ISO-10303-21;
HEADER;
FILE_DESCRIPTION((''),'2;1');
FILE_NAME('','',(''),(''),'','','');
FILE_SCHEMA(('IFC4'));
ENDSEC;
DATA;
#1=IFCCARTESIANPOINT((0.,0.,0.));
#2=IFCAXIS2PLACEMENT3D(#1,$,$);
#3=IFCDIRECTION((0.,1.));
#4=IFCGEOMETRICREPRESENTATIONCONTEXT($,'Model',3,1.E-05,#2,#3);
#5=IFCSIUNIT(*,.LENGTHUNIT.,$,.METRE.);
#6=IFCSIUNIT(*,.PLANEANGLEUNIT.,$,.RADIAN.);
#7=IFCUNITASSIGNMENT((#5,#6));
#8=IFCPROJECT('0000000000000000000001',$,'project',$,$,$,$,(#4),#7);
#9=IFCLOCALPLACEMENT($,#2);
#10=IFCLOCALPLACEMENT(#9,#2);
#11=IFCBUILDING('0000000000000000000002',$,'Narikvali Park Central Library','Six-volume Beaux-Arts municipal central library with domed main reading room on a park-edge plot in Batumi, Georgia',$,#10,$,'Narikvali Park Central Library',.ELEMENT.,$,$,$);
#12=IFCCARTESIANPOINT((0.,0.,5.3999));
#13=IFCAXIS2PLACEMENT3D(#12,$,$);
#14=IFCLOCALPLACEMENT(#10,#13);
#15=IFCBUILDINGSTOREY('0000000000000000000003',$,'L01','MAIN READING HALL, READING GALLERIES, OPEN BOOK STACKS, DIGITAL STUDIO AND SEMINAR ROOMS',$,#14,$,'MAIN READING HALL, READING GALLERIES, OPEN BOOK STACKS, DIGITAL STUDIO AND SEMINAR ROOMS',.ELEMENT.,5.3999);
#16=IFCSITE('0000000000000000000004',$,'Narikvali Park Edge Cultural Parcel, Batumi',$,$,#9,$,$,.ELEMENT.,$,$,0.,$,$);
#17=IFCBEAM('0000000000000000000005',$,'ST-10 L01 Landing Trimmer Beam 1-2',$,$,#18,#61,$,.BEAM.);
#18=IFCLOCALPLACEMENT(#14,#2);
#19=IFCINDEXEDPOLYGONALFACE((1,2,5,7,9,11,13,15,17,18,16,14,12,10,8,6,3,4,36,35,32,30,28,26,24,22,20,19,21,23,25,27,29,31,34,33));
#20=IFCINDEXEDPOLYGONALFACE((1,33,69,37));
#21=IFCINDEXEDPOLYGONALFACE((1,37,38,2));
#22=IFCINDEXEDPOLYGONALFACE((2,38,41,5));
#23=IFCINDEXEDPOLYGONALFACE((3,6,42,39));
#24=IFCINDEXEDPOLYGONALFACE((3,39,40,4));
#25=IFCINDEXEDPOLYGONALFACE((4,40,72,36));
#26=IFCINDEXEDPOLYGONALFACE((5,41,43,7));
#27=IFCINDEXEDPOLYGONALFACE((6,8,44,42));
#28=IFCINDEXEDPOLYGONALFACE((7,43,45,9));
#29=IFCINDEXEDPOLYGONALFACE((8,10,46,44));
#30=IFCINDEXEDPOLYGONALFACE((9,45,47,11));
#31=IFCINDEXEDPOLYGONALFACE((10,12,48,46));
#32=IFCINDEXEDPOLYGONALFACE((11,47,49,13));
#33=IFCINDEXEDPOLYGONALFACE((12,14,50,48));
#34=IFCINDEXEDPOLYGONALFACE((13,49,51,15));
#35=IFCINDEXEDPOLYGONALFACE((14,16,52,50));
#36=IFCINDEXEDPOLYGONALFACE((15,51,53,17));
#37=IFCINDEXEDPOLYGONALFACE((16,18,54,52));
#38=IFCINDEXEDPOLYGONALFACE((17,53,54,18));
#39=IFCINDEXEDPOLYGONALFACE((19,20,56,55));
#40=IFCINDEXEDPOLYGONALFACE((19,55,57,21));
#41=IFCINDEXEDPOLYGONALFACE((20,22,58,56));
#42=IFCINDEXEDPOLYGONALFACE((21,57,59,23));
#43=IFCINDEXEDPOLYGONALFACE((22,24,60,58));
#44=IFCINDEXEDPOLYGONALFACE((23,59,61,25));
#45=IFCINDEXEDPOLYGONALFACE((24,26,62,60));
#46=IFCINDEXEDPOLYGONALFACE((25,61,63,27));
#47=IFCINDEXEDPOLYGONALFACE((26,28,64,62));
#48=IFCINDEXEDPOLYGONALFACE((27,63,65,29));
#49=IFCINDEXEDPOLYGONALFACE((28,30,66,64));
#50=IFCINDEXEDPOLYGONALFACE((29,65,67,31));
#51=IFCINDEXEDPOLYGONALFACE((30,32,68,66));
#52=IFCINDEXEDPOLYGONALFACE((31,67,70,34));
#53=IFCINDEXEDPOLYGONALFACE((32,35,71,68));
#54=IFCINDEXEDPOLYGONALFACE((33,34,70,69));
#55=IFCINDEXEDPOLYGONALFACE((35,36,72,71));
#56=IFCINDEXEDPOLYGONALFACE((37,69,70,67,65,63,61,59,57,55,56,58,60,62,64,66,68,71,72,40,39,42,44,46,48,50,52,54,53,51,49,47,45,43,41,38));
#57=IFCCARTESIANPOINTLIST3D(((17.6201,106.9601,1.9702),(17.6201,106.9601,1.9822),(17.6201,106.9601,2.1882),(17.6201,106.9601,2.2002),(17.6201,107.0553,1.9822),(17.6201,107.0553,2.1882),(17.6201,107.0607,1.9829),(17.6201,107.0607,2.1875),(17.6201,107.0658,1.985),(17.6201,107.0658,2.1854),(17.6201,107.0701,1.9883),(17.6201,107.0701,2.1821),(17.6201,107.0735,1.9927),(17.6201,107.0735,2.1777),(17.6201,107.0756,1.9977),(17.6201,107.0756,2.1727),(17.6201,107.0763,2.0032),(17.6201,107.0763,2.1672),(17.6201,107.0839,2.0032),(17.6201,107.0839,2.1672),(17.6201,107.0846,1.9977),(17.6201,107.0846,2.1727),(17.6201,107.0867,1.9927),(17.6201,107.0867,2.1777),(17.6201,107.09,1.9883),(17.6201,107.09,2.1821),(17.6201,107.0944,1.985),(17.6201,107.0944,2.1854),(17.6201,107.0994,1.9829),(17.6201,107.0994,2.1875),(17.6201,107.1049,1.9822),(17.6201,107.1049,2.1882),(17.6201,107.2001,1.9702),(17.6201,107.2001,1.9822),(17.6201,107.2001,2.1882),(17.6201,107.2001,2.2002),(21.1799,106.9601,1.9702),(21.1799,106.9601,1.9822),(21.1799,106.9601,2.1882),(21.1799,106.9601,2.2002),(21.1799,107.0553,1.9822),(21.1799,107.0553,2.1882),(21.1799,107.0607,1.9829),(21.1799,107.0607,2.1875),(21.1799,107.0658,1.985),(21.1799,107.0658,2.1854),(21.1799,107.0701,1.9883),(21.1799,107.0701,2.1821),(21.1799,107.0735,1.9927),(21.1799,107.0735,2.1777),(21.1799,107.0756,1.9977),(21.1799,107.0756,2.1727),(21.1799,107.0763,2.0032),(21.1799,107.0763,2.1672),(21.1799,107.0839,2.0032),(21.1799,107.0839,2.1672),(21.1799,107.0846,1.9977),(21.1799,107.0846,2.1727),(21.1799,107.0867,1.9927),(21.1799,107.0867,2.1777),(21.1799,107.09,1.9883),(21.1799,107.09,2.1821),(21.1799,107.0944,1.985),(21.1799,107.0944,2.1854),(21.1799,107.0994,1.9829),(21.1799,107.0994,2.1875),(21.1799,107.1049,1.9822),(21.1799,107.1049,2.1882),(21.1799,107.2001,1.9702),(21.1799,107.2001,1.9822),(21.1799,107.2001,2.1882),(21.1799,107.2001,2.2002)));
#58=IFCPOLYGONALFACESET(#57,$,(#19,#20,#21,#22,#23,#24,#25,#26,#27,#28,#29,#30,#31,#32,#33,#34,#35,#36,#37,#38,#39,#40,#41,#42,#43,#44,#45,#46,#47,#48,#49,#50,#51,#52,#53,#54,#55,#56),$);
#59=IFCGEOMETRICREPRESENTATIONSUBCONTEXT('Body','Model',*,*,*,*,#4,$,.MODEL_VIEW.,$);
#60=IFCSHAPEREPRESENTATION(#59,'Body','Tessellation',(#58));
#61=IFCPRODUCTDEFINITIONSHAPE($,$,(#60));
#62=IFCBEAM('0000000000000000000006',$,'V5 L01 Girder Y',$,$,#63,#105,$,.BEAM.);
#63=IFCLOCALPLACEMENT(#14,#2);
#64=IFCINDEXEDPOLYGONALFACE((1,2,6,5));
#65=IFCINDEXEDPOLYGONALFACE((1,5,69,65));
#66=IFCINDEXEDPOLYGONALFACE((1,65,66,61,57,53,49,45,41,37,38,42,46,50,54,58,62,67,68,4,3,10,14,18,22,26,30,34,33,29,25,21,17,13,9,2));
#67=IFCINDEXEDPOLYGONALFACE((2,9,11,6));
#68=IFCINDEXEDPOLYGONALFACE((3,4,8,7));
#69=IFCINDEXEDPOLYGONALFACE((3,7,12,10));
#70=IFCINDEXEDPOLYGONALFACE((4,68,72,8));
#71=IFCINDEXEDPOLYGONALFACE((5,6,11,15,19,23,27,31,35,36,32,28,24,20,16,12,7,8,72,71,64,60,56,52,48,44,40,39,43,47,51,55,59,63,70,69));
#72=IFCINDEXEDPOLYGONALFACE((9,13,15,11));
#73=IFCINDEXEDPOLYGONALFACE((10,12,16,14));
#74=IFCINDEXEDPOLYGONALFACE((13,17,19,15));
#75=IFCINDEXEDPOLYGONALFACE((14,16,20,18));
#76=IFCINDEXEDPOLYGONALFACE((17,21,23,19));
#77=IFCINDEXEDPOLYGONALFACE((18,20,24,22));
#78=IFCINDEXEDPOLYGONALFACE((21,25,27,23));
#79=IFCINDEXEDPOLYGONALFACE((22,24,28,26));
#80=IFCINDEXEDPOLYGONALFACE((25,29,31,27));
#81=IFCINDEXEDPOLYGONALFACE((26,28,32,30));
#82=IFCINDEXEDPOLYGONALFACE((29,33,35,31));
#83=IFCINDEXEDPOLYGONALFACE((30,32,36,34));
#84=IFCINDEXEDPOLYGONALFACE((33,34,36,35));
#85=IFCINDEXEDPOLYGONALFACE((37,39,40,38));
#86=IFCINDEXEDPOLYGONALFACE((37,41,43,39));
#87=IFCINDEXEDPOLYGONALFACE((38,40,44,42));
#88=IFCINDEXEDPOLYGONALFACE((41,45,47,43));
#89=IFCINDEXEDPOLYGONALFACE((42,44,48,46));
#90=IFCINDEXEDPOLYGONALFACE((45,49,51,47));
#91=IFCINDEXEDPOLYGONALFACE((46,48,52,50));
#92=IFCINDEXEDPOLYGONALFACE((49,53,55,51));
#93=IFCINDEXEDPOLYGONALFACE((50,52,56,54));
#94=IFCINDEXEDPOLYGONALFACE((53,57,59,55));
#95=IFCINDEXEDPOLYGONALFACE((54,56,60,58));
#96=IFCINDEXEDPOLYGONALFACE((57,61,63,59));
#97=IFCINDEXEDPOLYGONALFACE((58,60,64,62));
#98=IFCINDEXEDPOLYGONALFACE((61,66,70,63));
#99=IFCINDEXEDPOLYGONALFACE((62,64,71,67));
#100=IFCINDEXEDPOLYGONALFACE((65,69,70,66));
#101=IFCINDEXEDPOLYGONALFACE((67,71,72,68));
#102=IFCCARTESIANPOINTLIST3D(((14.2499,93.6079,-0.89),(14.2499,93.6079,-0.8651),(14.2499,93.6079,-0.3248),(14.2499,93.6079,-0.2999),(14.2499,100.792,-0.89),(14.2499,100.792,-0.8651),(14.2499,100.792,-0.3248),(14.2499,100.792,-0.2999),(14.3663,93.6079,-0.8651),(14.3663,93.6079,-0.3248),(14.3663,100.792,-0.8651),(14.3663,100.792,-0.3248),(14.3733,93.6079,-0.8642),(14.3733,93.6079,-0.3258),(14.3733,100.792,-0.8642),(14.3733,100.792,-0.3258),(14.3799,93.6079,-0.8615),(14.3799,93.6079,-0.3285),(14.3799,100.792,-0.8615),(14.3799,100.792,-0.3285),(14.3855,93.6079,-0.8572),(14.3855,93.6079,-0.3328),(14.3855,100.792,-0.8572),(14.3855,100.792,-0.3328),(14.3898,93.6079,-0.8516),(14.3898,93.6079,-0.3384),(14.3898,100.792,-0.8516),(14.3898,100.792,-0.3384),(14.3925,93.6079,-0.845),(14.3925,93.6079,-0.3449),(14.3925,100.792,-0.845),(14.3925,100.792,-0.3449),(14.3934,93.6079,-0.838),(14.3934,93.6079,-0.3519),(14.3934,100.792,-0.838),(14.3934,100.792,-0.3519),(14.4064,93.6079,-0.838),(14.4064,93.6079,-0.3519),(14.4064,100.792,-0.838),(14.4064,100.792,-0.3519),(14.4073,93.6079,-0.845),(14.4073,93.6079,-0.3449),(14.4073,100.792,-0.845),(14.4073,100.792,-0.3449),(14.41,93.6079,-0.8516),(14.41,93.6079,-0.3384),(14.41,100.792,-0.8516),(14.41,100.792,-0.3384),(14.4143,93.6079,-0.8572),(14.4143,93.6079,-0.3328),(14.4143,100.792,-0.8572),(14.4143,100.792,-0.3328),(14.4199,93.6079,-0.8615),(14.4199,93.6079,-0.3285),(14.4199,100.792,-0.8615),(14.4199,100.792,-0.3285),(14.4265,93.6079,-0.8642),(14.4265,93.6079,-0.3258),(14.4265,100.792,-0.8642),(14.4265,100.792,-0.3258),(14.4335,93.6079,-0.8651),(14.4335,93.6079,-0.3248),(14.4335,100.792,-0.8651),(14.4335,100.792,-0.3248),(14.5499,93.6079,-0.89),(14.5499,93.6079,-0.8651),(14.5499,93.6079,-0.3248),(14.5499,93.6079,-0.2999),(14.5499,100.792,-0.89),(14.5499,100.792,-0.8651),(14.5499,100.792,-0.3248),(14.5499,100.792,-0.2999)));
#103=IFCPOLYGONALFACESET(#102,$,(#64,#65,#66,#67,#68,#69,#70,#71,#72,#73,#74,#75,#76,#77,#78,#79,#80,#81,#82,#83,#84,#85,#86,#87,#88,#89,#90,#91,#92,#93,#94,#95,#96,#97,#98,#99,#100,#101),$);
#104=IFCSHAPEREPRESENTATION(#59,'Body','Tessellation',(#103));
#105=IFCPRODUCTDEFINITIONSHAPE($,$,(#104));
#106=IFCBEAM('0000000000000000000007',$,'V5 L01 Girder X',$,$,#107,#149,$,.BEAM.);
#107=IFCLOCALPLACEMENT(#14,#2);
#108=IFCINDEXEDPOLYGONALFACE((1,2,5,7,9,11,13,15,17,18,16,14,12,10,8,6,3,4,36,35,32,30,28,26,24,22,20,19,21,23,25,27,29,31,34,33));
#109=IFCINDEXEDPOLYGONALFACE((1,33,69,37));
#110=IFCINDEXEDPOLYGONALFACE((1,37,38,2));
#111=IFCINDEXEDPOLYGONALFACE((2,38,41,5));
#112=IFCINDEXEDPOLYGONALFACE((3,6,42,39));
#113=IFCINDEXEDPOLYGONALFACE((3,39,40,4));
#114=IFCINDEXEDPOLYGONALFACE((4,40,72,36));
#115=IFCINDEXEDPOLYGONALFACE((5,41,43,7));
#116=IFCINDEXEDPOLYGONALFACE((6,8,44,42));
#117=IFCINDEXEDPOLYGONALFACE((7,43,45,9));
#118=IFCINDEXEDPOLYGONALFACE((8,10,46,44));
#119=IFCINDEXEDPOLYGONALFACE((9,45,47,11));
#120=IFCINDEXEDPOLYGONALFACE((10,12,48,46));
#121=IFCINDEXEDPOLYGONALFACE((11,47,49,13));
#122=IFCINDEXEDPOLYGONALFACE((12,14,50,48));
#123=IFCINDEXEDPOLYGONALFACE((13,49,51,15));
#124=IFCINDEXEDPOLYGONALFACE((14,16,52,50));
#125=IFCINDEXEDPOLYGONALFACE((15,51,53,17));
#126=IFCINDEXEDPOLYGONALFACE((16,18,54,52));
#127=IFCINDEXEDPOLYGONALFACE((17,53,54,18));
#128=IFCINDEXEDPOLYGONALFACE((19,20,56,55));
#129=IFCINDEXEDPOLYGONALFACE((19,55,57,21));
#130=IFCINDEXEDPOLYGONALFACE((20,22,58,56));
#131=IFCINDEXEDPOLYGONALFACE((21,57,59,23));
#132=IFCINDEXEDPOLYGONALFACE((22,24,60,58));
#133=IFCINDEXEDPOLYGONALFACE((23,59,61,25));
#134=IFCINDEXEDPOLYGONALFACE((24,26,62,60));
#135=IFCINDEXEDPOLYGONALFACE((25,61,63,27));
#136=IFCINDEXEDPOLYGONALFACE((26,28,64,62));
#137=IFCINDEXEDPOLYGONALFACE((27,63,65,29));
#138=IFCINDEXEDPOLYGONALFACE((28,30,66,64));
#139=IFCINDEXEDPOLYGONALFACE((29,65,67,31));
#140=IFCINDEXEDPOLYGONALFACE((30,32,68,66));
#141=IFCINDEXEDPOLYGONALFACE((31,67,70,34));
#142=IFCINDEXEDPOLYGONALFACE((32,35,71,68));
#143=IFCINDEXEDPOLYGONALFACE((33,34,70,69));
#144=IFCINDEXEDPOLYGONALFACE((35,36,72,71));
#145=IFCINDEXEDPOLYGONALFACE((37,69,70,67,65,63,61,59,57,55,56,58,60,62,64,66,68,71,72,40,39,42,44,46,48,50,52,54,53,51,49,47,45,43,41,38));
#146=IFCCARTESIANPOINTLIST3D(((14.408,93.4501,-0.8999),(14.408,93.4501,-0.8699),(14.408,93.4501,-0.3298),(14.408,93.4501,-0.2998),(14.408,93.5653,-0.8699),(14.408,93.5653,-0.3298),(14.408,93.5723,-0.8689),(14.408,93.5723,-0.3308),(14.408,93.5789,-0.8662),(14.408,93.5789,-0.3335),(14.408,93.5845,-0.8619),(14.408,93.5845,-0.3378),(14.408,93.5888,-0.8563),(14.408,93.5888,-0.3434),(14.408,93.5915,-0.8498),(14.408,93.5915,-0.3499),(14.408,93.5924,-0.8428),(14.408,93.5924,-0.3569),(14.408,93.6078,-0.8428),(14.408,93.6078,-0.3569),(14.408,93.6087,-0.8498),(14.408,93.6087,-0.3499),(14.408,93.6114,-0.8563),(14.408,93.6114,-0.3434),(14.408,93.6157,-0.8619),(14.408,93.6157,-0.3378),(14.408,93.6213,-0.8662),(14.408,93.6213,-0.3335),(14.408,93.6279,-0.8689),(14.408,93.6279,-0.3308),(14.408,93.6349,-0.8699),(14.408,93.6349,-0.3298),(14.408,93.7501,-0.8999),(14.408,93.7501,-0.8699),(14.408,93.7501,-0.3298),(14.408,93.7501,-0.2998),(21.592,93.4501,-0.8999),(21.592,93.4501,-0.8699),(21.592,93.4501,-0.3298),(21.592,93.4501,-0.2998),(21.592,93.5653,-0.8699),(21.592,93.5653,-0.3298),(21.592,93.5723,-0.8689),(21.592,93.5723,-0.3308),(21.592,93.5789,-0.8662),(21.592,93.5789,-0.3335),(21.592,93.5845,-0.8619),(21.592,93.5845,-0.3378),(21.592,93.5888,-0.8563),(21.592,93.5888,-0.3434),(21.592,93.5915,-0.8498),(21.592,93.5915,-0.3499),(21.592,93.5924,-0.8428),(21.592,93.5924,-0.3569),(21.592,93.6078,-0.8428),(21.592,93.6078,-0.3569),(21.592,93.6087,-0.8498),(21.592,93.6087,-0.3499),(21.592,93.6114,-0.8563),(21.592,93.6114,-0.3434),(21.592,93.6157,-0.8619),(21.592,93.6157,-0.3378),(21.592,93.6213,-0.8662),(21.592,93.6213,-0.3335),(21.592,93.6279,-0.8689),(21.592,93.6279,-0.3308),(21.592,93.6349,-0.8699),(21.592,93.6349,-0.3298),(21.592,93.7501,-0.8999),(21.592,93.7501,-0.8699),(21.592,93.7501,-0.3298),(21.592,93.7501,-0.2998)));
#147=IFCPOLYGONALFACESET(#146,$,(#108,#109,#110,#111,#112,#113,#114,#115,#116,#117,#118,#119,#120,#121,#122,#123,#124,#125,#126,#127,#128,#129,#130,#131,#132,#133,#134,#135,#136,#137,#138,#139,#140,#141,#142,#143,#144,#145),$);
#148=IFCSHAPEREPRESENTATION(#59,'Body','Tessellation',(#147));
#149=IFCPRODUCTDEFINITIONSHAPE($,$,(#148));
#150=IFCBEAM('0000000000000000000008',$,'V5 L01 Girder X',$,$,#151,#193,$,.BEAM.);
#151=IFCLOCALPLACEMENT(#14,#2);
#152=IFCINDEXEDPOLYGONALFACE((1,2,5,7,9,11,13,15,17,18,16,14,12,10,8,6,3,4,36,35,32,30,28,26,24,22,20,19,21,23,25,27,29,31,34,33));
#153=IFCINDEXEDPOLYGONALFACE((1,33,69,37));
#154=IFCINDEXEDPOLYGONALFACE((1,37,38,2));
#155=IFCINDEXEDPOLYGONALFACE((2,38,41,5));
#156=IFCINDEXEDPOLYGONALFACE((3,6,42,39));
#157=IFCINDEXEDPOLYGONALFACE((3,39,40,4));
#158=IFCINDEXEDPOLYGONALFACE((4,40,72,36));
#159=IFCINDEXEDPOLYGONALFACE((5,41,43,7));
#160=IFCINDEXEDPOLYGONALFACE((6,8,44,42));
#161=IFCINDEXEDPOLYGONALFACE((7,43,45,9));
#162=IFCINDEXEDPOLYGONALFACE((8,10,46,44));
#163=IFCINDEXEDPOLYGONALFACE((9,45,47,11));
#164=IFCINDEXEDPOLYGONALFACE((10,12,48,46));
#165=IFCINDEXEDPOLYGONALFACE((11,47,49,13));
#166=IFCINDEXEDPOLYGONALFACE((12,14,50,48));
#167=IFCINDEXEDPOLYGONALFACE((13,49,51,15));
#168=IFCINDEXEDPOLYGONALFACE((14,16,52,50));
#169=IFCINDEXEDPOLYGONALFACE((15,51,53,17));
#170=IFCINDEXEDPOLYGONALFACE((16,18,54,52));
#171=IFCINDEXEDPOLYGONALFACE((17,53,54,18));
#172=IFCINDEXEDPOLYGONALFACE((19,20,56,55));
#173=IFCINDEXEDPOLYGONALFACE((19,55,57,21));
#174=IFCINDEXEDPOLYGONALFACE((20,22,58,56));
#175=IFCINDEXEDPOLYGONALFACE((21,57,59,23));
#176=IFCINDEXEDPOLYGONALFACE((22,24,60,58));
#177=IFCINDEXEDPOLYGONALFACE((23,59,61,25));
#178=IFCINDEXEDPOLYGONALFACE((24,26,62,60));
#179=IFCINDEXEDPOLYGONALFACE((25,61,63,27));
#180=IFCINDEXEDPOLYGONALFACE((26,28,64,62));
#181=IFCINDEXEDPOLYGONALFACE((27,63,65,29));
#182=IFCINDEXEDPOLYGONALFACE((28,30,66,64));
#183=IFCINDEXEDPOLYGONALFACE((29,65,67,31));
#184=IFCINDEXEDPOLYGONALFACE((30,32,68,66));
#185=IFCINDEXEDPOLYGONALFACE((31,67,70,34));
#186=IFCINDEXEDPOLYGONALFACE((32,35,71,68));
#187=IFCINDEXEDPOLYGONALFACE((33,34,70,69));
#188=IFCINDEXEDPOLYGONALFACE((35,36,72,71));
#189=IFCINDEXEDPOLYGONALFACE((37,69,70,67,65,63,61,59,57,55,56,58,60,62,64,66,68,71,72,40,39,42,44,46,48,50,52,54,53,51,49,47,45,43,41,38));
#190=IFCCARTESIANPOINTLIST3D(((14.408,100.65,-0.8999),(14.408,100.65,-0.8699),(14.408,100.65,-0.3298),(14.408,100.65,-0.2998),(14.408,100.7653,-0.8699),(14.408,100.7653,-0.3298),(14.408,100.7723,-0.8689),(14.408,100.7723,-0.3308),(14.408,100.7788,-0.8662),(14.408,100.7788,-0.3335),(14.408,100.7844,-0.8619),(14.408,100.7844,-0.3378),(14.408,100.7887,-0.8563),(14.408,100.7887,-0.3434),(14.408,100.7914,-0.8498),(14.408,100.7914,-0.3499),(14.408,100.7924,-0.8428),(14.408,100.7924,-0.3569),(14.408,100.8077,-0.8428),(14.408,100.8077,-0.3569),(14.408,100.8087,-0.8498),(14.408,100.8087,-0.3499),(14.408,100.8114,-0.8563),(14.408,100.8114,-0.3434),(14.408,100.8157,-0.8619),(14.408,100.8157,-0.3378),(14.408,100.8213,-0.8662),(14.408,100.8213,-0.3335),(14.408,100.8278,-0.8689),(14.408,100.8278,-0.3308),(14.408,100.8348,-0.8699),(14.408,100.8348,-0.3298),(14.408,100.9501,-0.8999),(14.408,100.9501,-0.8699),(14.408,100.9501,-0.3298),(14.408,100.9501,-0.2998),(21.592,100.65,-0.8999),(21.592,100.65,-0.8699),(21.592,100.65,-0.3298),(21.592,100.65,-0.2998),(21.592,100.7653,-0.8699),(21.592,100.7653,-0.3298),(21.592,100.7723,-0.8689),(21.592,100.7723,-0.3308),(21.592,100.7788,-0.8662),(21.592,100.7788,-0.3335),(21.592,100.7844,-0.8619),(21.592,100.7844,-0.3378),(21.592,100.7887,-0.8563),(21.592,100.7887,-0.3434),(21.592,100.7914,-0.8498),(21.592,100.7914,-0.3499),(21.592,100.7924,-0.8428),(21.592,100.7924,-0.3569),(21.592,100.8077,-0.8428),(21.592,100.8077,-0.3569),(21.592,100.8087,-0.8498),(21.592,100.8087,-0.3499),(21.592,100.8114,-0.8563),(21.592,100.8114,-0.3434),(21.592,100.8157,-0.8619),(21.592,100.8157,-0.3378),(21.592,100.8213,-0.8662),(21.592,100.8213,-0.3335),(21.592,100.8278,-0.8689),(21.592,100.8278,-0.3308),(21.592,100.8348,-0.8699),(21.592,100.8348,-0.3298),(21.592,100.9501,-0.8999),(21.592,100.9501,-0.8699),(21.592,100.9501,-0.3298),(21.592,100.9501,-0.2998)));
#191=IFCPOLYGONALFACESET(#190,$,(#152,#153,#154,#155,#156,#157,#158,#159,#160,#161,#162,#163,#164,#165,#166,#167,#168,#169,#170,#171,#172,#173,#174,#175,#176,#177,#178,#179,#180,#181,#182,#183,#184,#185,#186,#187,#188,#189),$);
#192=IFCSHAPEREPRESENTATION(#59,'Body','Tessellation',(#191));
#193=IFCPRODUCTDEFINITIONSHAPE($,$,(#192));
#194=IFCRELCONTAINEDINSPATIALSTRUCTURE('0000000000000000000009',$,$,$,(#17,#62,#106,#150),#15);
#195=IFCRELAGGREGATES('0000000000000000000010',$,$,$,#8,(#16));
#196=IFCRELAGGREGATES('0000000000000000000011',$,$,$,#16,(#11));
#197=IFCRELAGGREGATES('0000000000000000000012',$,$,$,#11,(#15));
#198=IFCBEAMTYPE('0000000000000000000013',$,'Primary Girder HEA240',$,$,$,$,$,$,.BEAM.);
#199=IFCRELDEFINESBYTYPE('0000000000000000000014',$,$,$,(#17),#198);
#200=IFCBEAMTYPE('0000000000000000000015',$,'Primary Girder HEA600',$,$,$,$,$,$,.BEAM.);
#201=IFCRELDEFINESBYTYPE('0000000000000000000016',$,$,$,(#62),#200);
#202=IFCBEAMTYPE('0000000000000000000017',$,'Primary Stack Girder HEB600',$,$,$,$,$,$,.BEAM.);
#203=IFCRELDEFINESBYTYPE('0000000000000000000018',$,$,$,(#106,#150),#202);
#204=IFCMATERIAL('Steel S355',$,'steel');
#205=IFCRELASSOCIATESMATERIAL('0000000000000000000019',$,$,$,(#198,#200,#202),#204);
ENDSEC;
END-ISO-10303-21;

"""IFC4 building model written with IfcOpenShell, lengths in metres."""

from ifc_helpers import new_model, si_unit, direction, frame, origin, origin_2d, place, context, subcontext, project, spatial, i_section, extrude, material, material_profile, profile_set, type_object, element, save


model = new_model("IFC4")

# Units and contexts
model_context = context("Model", 3, precision=1e-05, world=origin(), true_north=direction((0.0, 1.0)))
body_context = subcontext(model_context, "Body", "Model", "MODEL_VIEW")
ifc_project = project(units=[si_unit("LENGTHUNIT", "METRE"), si_unit("PLANEANGLEUNIT", "RADIAN")], contexts=[model_context])

# Site, building, storey
site_placement = place(None, origin())
site = spatial("IfcSite", under=ifc_project, at=site_placement, Name="Narikvali Park Edge Cultural Parcel, Batumi", CompositionType="ELEMENT", RefElevation=0.0)
building_placement = place(site_placement, origin())
building = spatial("IfcBuilding", under=site, at=building_placement, Name="Narikvali Park Central Library", Description="Six-volume Beaux-Arts municipal central library with domed main reading room on a park-edge plot in Batumi, Georgia", LongName="Narikvali Park Central Library", CompositionType="ELEMENT")
storey_placement = place(building_placement, frame((0.0, 0.0, 5.3999)))
storey = spatial("IfcBuildingStorey", under=building, at=storey_placement, Name="L01", Description="MAIN READING HALL, READING GALLERIES, OPEN BOOK STACKS, DIGITAL STUDIO AND SEMINAR ROOMS", LongName="MAIN READING HALL, READING GALLERIES, OPEN BOOK STACKS, DIGITAL STUDIO AND SEMINAR ROOMS", CompositionType="ELEMENT", Elevation=5.3999)

# Shared definitions
ifc_material_1 = material(Name="Steel S355", Category="steel")

# Beams
ifc_material_profile_1 = material_profile(ifc_material_1, i_section(OverallWidth=0.24, OverallDepth=0.23, WebThickness=0.0076, FlangeThickness=0.012, FilletRadius=0.021, at=origin_2d()), Name="HEA 240")
ifc_profile_set_1 = profile_set([ifc_material_profile_1], Name="Steel S355")
beam_type_1 = type_object("IfcBeamType", Name="Primary Girder HEA240", PredefinedType="BEAM", material=ifc_profile_set_1)
for number, where, z_axis, x_axis, name in (
    (1, (17.6201, 107.0801, 2.0852), (1.0, 0.0, 0.0), (0.0, 1.0, 0.0), "ST-10 L01 Landing Trimmer Beam 1-2"),
):
    element("IfcBeam", number, at=place(storey_placement, frame(where, z_axis=z_axis, x_axis=x_axis)), inside=storey, type_object=beam_type_1, Name=name, PredefinedType="BEAM", context=body_context, shape_type="SweptSolid", body=[
        extrude(i_section(OverallWidth=0.24, OverallDepth=0.23, WebThickness=0.0076, FlangeThickness=0.012, FilletRadius=0.021, at=origin_2d()), origin(), (0.0, 0.0, 1.0), 3.5598),
    ])
ifc_material_profile_2 = material_profile(ifc_material_1, i_section(OverallWidth=0.3, OverallDepth=0.5901, WebThickness=0.0129, FlangeThickness=0.0249, FilletRadius=0.0271, at=origin_2d()), Name="HEA 600")
ifc_profile_set_2 = profile_set([ifc_material_profile_2], Name="Steel S355")
beam_type_2 = type_object("IfcBeamType", Name="Primary Girder HEA600", PredefinedType="BEAM", material=ifc_profile_set_2)
beam_1_placement = place(storey_placement, frame((14.3999, 93.6079, -0.595), z_axis=(0.0, 1.0, 0.0), x_axis=(-1.0, 0.0, 0.0)))
element("IfcBeam", 2, at=beam_1_placement, inside=storey, type_object=beam_type_2, Name="V5 L01 Girder Y", PredefinedType="BEAM", context=body_context, shape_type="SweptSolid", body=[
    extrude(i_section(OverallWidth=0.3, OverallDepth=0.5901, WebThickness=0.0129, FlangeThickness=0.0249, FilletRadius=0.0271, at=origin_2d()), origin(), (0.0, 0.0, 1.0), 7.1841),
])
ifc_material_profile_3 = material_profile(ifc_material_1, i_section(OverallWidth=0.3, OverallDepth=0.6001, WebThickness=0.0154, FlangeThickness=0.03, FilletRadius=0.0271, at=origin_2d()), Name="HEB 600")
ifc_profile_set_3 = profile_set([ifc_material_profile_3], Name="Steel S355")
beam_type_3 = type_object("IfcBeamType", Name="Primary Stack Girder HEB600", PredefinedType="BEAM", material=ifc_profile_set_3)
for number, where, z_axis, x_axis, name in (
    (3, (14.408, 93.6001, -0.5999), (1.0, 0.0, 0.0), (0.0, 1.0, 0.0), "V5 L01 Girder X"),
    (4, (14.408, 100.8, -0.5999), (1.0, 0.0, 0.0), (0.0, 1.0, 0.0), "V5 L01 Girder X"),
):
    element("IfcBeam", number, at=place(storey_placement, frame(where, z_axis=z_axis, x_axis=x_axis)), inside=storey, type_object=beam_type_3, Name=name, PredefinedType="BEAM", context=body_context, shape_type="SweptSolid", body=[
        extrude(i_section(OverallWidth=0.3, OverallDepth=0.6001, WebThickness=0.0154, FlangeThickness=0.03, FilletRadius=0.0271, at=origin_2d()), origin(), (0.0, 0.0, 1.0), 7.1841),
    ])

save(model, "model.ifc")
